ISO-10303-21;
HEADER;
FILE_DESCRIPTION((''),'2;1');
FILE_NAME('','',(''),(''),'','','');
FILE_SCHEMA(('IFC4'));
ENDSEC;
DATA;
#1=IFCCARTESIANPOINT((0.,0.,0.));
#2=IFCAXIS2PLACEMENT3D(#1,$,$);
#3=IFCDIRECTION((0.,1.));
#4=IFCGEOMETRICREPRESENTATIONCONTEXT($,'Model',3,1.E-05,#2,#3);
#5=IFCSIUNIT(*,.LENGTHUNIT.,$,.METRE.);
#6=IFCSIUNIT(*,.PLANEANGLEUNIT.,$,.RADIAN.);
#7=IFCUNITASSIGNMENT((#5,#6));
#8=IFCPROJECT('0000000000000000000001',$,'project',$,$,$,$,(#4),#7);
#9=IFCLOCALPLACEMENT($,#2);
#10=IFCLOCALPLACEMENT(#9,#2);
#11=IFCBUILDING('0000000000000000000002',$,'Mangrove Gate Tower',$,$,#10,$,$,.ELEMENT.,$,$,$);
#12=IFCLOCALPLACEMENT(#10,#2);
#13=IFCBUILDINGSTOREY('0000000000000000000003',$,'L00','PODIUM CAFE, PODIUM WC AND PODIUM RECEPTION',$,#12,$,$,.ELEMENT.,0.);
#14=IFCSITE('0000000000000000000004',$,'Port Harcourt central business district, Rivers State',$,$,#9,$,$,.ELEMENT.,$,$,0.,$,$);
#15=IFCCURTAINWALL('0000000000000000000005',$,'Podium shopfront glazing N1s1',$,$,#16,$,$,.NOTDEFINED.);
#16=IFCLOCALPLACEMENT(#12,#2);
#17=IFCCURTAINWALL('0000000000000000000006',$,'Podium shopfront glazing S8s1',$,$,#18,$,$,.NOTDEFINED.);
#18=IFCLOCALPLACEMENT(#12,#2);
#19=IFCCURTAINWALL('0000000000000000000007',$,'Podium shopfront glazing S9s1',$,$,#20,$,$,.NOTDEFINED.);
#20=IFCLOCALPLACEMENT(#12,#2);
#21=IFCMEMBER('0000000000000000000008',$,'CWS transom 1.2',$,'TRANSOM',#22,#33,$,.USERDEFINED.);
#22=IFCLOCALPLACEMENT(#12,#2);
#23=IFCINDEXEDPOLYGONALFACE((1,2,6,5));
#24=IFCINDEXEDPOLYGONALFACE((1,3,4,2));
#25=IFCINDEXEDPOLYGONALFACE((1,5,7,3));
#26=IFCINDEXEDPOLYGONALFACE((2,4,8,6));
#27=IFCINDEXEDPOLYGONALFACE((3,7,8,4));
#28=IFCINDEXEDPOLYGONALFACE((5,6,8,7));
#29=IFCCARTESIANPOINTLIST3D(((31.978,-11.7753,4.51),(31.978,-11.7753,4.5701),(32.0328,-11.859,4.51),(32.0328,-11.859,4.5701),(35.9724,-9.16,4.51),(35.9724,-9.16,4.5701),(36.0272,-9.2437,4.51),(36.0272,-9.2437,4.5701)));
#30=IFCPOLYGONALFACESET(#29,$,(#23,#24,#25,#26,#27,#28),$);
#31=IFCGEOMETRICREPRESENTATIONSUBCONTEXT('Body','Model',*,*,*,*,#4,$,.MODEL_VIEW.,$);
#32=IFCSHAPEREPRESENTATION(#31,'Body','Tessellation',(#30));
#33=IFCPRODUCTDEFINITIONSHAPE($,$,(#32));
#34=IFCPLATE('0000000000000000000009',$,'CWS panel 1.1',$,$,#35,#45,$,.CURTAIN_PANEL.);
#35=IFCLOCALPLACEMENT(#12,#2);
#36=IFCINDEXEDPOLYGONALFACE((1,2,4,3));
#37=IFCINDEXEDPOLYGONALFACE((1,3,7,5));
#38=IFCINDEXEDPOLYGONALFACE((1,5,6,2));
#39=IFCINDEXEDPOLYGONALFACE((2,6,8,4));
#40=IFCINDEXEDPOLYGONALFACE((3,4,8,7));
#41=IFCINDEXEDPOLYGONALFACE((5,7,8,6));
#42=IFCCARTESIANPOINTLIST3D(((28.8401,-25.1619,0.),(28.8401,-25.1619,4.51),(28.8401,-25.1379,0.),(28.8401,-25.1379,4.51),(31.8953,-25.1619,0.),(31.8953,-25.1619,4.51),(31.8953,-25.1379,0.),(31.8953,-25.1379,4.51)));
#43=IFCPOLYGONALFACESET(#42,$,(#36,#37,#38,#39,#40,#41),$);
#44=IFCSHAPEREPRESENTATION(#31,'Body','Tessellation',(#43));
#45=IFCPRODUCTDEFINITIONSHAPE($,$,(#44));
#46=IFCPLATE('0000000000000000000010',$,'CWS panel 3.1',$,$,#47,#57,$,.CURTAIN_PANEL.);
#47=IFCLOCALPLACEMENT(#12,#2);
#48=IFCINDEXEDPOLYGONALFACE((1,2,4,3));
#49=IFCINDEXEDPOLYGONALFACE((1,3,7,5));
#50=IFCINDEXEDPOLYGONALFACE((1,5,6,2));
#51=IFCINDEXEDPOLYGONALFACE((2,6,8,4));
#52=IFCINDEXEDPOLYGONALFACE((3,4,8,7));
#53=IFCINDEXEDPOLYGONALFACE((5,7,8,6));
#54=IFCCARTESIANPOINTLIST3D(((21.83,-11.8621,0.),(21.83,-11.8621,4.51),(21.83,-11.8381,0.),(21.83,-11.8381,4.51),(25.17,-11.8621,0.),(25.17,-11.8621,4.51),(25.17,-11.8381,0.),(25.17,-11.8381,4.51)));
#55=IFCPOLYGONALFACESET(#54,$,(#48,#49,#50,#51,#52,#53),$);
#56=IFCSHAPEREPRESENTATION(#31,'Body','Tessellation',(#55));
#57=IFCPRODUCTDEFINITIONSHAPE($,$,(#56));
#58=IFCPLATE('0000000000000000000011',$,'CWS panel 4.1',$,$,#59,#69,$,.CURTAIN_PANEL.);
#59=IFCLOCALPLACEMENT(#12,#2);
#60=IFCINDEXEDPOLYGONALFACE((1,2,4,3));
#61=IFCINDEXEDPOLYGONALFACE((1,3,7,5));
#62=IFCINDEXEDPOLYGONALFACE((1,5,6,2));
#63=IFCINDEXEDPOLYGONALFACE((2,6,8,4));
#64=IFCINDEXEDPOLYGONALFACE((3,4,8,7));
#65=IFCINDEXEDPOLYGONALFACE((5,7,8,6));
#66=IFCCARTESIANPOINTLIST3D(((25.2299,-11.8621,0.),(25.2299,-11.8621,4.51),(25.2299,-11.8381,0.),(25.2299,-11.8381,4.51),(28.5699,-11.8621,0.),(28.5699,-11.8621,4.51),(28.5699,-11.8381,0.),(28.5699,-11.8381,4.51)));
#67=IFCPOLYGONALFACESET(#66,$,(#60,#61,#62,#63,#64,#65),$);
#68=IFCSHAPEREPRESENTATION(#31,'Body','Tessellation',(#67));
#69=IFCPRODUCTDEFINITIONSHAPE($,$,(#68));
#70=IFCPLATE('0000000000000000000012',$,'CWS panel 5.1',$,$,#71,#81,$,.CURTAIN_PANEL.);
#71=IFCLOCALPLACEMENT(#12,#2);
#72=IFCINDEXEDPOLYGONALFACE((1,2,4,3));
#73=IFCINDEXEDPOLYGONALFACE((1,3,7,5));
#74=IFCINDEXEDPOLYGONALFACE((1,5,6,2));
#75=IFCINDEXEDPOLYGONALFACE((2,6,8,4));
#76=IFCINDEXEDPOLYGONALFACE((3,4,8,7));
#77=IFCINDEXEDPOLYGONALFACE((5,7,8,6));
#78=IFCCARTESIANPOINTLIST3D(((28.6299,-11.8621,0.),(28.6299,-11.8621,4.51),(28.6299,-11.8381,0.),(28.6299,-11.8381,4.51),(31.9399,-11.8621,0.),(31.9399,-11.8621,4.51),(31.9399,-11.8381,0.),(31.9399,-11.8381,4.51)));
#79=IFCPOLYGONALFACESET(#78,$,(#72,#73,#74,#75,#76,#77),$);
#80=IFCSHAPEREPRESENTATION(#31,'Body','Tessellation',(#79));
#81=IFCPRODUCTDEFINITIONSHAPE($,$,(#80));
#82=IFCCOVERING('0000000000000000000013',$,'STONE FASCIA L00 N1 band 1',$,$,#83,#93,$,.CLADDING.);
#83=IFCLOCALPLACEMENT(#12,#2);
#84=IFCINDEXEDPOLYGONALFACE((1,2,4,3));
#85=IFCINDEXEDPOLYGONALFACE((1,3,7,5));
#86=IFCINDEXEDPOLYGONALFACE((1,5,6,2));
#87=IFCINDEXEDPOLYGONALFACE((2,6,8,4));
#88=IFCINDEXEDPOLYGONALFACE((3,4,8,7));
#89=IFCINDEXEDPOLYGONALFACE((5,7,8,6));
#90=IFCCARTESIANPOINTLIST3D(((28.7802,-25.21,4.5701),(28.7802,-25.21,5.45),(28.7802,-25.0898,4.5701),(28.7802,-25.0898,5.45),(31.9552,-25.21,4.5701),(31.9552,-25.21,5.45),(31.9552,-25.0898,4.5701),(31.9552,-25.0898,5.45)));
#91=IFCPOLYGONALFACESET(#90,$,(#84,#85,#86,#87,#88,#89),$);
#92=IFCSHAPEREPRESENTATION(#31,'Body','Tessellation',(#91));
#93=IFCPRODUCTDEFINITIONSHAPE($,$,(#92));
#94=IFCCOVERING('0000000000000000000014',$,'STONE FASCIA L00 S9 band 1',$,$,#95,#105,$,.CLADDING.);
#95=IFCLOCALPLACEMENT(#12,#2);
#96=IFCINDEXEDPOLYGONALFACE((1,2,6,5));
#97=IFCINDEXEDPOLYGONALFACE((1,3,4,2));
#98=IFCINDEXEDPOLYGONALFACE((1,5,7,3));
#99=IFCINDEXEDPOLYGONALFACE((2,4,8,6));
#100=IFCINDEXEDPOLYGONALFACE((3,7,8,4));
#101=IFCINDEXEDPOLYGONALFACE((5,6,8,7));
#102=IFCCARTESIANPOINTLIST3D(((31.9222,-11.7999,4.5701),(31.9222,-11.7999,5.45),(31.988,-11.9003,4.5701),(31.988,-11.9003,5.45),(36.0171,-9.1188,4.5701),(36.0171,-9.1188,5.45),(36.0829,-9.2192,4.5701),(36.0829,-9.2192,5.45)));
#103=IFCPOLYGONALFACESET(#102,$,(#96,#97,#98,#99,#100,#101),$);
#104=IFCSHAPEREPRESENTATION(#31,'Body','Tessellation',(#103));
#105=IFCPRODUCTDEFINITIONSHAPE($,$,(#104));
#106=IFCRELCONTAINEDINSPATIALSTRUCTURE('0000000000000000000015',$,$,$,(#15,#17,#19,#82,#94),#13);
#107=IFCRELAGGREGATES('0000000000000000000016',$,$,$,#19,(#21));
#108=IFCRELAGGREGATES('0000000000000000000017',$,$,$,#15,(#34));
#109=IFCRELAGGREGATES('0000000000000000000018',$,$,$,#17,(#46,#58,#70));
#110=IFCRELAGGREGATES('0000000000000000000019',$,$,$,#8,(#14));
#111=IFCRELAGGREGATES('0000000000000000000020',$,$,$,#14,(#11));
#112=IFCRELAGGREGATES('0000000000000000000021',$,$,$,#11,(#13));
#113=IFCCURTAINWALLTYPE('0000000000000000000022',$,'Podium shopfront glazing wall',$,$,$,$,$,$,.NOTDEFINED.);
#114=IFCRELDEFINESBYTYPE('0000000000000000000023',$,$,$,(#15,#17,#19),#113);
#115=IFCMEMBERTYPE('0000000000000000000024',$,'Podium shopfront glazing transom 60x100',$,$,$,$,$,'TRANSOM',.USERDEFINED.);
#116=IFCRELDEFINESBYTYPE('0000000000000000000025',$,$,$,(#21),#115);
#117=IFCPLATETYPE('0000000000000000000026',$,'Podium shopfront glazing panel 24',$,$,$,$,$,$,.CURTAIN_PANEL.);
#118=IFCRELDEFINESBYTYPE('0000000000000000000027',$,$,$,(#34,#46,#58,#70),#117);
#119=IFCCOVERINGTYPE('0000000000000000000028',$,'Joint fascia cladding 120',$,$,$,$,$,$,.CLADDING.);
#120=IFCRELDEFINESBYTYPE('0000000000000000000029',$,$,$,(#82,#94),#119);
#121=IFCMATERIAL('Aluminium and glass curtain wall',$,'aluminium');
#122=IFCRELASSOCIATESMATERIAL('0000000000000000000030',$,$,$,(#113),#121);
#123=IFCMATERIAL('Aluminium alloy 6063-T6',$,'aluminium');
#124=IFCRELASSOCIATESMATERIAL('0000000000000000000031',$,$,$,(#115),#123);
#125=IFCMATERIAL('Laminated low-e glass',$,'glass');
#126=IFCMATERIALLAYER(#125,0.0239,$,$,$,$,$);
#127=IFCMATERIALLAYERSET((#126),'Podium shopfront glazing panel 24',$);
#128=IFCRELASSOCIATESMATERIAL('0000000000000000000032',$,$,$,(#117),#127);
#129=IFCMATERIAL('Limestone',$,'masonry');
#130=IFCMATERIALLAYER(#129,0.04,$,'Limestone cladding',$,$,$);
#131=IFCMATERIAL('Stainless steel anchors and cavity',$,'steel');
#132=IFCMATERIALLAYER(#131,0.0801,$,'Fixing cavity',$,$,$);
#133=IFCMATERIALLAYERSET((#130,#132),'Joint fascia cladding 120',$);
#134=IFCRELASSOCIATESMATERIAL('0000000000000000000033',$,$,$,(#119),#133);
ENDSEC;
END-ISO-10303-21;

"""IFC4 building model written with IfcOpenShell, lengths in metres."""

from ifc_helpers import new_model, si_unit, direction, frame, frame_2d, origin, origin_2d, place, context, subcontext, project, spatial, rectangle, extrude, material, layer, layer_set, material_profile, profile_set, type_object, element, aggregate, save


model = new_model("IFC4")

# Units and contexts
model_context = context("Model", 3, precision=1e-05, world=origin(), true_north=direction((0.0, 1.0)))
body_context = subcontext(model_context, "Body", "Model", "MODEL_VIEW")
ifc_project = project(units=[si_unit("LENGTHUNIT", "METRE"), si_unit("PLANEANGLEUNIT", "RADIAN")], contexts=[model_context])

# Site, building, storey
site_placement = place(None, origin())
site = spatial("IfcSite", under=ifc_project, at=site_placement, Name="Port Harcourt central business district, Rivers State", CompositionType="ELEMENT", RefElevation=0.0)
building_placement = place(site_placement, origin())
building = spatial("IfcBuilding", under=site, at=building_placement, Name="Mangrove Gate Tower", CompositionType="ELEMENT")
storey_placement = place(building_placement, origin())
storey = spatial("IfcBuildingStorey", under=building, at=storey_placement, Name="L00", Description="PODIUM CAFE, PODIUM WC AND PODIUM RECEPTION", CompositionType="ELEMENT", Elevation=0.0)

# Curtain walls
ifc_material_1 = material(Name="Aluminium and glass curtain wall", Category="aluminium")
curtain_wall_type = type_object("IfcCurtainWallType", Name="Podium shopfront glazing wall", PredefinedType="NOTDEFINED", material=ifc_material_1)
curtain_wall_1_placement = place(storey_placement, origin())
curtain_wall_1 = element("IfcCurtainWall", 1, at=curtain_wall_1_placement, inside=storey, type_object=curtain_wall_type, Name="Podium shopfront glazing N1s1", PredefinedType="NOTDEFINED")
curtain_wall_2_placement = place(storey_placement, origin())
curtain_wall_2 = element("IfcCurtainWall", 2, at=curtain_wall_2_placement, inside=storey, type_object=curtain_wall_type, Name="Podium shopfront glazing S8s1", PredefinedType="NOTDEFINED")

# Curtain wall
curtain_wall_3_placement = place(storey_placement, origin())
curtain_wall_3 = element("IfcCurtainWall", 3, at=curtain_wall_3_placement, inside=storey, type_object=curtain_wall_type, Name="Podium shopfront glazing S9s1", PredefinedType="NOTDEFINED")

# Member
ifc_material_2 = material(Name="Aluminium alloy 6063-T6", Category="aluminium")
ifc_material_profile_1 = material_profile(ifc_material_2, rectangle(XDim=0.0601, YDim=0.1001, at=origin_2d()))
ifc_profile_set_1 = profile_set([ifc_material_profile_1], Name="Aluminium alloy 6063-T6")
member_type_1 = type_object("IfcMemberType", Name="Podium shopfront glazing transom 60x100", ElementType="TRANSOM", PredefinedType="USERDEFINED", material=ifc_profile_set_1)
member_1_placement = place(storey_placement, frame((32.0054, -11.8171, 4.54), z_axis=(0.836632, 0.547766, 0.0), x_axis=(0.0, 0.0, 1.0)))
member_1 = element("IfcMember", 4, at=member_1_placement, type_object=member_type_1, Name="CWS transom 1.2", ObjectType="TRANSOM", PredefinedType="USERDEFINED", context=body_context, shape_type="SweptSolid", body=[
    extrude(rectangle(XDim=0.0601, YDim=0.1001, at=origin_2d()), origin(), (0.0, 0.0, 1.0), 4.7744),
])
aggregate(curtain_wall_3, [member_1])

# Plates
ifc_material_3 = material(Name="Laminated low-e glass", Category="glass")
ifc_layer_1 = layer(ifc_material_3, 0.0239)
ifc_layer_set_1 = layer_set([ifc_layer_1], Name="Podium shopfront glazing panel 24")
plate_type = type_object("IfcPlateType", Name="Podium shopfront glazing panel 24", PredefinedType="CURTAIN_PANEL", material=ifc_layer_set_1)
plate_1_placement = place(storey_placement, frame((30.3677, -25.1499, 0.0), z_axis=(0.0, 0.0, 1.0), x_axis=(-1.0, 0.0, 0.0)))
plate_1 = element("IfcPlate", 5, at=plate_1_placement, type_object=plate_type, Name="CWS panel 1.1", PredefinedType="CURTAIN_PANEL", context=body_context, shape_type="SweptSolid", body=[
    extrude(rectangle(XDim=3.0552, YDim=0.0239, at=origin_2d()), origin(), (0.0, 0.0, 1.0), 4.51),
])
aggregate(curtain_wall_1, [plate_1])
plate_2_placement = place(storey_placement, frame((23.5, -11.8501, 0.0), z_axis=(0.0, 0.0, 1.0), x_axis=(1.0, 0.0, 0.0)))
plate_2 = element("IfcPlate", 6, at=plate_2_placement, type_object=plate_type, Name="CWS panel 3.1", PredefinedType="CURTAIN_PANEL", context=body_context, shape_type="SweptSolid", body=[
    extrude(rectangle(XDim=3.3401, YDim=0.0239, at=origin_2d()), origin(), (0.0, 0.0, 1.0), 4.51),
])
plate_3_placement = place(storey_placement, frame((26.8999, -11.8501, 0.0), z_axis=(0.0, 0.0, 1.0), x_axis=(1.0, 0.0, 0.0)))
plate_3 = element("IfcPlate", 7, at=plate_3_placement, type_object=plate_type, Name="CWS panel 4.1", PredefinedType="CURTAIN_PANEL", context=body_context, shape_type="SweptSolid", body=[
    extrude(rectangle(XDim=3.3401, YDim=0.0239, at=origin_2d()), origin(), (0.0, 0.0, 1.0), 4.51),
])
plate_4_placement = place(storey_placement, frame((30.2849, -11.8501, 0.0), z_axis=(0.0, 0.0, 1.0), x_axis=(1.0, 0.0, 0.0)))
plate_4 = element("IfcPlate", 8, at=plate_4_placement, type_object=plate_type, Name="CWS panel 5.1", PredefinedType="CURTAIN_PANEL", context=body_context, shape_type="SweptSolid", body=[
    extrude(rectangle(XDim=3.3101, YDim=0.0239, at=origin_2d()), origin(), (0.0, 0.0, 1.0), 4.51),
])
aggregate(curtain_wall_2, [plate_2, plate_3, plate_4])

# Coverings
ifc_material_4 = material(Name="Limestone", Category="masonry")
ifc_layer_2 = layer(ifc_material_4, 0.04, Name="Limestone cladding")
ifc_material_5 = material(Name="Stainless steel anchors and cavity", Category="steel")
ifc_layer_3 = layer(ifc_material_5, 0.0801, Name="Fixing cavity")
ifc_layer_set_2 = layer_set([ifc_layer_2, ifc_layer_3], Name="Joint fascia cladding 120")
covering_type = type_object("IfcCoveringType", Name="Joint fascia cladding 120", PredefinedType="CLADDING", material=ifc_layer_set_2)
covering_1_placement = place(storey_placement, frame((31.9551, -25.1499, 4.5701), z_axis=(0.0, 0.0, 1.0), x_axis=(-1.0, 0.0, 0.0)))
element("IfcCovering", 9, at=covering_1_placement, inside=storey, type_object=covering_type, Name="STONE FASCIA L00 N1 band 1", PredefinedType="CLADDING", context=body_context, shape_type="SweptSolid", body=[
    extrude(rectangle(XDim=3.175, YDim=0.1201, at=frame_2d((1.5874, 0.0))), origin(), (0.0, 0.0, 1.0), 0.8799),
])
covering_2_placement = place(storey_placement, frame((31.9551, -11.8501, 4.5701), z_axis=(0.0, 0.0, 1.0), x_axis=(0.836626, 0.547775, 0.0)))
element("IfcCovering", 10, at=covering_2_placement, inside=storey, type_object=covering_type, Name="STONE FASCIA L00 S9 band 1", PredefinedType="CLADDING", context=body_context, shape_type="SweptSolid", body=[
    extrude(rectangle(XDim=4.8945, YDim=0.1201, at=frame_2d((2.4473, 0.0))), origin(), (0.0, 0.0, 1.0), 0.8799),
])

save(model, "model.ifc")
